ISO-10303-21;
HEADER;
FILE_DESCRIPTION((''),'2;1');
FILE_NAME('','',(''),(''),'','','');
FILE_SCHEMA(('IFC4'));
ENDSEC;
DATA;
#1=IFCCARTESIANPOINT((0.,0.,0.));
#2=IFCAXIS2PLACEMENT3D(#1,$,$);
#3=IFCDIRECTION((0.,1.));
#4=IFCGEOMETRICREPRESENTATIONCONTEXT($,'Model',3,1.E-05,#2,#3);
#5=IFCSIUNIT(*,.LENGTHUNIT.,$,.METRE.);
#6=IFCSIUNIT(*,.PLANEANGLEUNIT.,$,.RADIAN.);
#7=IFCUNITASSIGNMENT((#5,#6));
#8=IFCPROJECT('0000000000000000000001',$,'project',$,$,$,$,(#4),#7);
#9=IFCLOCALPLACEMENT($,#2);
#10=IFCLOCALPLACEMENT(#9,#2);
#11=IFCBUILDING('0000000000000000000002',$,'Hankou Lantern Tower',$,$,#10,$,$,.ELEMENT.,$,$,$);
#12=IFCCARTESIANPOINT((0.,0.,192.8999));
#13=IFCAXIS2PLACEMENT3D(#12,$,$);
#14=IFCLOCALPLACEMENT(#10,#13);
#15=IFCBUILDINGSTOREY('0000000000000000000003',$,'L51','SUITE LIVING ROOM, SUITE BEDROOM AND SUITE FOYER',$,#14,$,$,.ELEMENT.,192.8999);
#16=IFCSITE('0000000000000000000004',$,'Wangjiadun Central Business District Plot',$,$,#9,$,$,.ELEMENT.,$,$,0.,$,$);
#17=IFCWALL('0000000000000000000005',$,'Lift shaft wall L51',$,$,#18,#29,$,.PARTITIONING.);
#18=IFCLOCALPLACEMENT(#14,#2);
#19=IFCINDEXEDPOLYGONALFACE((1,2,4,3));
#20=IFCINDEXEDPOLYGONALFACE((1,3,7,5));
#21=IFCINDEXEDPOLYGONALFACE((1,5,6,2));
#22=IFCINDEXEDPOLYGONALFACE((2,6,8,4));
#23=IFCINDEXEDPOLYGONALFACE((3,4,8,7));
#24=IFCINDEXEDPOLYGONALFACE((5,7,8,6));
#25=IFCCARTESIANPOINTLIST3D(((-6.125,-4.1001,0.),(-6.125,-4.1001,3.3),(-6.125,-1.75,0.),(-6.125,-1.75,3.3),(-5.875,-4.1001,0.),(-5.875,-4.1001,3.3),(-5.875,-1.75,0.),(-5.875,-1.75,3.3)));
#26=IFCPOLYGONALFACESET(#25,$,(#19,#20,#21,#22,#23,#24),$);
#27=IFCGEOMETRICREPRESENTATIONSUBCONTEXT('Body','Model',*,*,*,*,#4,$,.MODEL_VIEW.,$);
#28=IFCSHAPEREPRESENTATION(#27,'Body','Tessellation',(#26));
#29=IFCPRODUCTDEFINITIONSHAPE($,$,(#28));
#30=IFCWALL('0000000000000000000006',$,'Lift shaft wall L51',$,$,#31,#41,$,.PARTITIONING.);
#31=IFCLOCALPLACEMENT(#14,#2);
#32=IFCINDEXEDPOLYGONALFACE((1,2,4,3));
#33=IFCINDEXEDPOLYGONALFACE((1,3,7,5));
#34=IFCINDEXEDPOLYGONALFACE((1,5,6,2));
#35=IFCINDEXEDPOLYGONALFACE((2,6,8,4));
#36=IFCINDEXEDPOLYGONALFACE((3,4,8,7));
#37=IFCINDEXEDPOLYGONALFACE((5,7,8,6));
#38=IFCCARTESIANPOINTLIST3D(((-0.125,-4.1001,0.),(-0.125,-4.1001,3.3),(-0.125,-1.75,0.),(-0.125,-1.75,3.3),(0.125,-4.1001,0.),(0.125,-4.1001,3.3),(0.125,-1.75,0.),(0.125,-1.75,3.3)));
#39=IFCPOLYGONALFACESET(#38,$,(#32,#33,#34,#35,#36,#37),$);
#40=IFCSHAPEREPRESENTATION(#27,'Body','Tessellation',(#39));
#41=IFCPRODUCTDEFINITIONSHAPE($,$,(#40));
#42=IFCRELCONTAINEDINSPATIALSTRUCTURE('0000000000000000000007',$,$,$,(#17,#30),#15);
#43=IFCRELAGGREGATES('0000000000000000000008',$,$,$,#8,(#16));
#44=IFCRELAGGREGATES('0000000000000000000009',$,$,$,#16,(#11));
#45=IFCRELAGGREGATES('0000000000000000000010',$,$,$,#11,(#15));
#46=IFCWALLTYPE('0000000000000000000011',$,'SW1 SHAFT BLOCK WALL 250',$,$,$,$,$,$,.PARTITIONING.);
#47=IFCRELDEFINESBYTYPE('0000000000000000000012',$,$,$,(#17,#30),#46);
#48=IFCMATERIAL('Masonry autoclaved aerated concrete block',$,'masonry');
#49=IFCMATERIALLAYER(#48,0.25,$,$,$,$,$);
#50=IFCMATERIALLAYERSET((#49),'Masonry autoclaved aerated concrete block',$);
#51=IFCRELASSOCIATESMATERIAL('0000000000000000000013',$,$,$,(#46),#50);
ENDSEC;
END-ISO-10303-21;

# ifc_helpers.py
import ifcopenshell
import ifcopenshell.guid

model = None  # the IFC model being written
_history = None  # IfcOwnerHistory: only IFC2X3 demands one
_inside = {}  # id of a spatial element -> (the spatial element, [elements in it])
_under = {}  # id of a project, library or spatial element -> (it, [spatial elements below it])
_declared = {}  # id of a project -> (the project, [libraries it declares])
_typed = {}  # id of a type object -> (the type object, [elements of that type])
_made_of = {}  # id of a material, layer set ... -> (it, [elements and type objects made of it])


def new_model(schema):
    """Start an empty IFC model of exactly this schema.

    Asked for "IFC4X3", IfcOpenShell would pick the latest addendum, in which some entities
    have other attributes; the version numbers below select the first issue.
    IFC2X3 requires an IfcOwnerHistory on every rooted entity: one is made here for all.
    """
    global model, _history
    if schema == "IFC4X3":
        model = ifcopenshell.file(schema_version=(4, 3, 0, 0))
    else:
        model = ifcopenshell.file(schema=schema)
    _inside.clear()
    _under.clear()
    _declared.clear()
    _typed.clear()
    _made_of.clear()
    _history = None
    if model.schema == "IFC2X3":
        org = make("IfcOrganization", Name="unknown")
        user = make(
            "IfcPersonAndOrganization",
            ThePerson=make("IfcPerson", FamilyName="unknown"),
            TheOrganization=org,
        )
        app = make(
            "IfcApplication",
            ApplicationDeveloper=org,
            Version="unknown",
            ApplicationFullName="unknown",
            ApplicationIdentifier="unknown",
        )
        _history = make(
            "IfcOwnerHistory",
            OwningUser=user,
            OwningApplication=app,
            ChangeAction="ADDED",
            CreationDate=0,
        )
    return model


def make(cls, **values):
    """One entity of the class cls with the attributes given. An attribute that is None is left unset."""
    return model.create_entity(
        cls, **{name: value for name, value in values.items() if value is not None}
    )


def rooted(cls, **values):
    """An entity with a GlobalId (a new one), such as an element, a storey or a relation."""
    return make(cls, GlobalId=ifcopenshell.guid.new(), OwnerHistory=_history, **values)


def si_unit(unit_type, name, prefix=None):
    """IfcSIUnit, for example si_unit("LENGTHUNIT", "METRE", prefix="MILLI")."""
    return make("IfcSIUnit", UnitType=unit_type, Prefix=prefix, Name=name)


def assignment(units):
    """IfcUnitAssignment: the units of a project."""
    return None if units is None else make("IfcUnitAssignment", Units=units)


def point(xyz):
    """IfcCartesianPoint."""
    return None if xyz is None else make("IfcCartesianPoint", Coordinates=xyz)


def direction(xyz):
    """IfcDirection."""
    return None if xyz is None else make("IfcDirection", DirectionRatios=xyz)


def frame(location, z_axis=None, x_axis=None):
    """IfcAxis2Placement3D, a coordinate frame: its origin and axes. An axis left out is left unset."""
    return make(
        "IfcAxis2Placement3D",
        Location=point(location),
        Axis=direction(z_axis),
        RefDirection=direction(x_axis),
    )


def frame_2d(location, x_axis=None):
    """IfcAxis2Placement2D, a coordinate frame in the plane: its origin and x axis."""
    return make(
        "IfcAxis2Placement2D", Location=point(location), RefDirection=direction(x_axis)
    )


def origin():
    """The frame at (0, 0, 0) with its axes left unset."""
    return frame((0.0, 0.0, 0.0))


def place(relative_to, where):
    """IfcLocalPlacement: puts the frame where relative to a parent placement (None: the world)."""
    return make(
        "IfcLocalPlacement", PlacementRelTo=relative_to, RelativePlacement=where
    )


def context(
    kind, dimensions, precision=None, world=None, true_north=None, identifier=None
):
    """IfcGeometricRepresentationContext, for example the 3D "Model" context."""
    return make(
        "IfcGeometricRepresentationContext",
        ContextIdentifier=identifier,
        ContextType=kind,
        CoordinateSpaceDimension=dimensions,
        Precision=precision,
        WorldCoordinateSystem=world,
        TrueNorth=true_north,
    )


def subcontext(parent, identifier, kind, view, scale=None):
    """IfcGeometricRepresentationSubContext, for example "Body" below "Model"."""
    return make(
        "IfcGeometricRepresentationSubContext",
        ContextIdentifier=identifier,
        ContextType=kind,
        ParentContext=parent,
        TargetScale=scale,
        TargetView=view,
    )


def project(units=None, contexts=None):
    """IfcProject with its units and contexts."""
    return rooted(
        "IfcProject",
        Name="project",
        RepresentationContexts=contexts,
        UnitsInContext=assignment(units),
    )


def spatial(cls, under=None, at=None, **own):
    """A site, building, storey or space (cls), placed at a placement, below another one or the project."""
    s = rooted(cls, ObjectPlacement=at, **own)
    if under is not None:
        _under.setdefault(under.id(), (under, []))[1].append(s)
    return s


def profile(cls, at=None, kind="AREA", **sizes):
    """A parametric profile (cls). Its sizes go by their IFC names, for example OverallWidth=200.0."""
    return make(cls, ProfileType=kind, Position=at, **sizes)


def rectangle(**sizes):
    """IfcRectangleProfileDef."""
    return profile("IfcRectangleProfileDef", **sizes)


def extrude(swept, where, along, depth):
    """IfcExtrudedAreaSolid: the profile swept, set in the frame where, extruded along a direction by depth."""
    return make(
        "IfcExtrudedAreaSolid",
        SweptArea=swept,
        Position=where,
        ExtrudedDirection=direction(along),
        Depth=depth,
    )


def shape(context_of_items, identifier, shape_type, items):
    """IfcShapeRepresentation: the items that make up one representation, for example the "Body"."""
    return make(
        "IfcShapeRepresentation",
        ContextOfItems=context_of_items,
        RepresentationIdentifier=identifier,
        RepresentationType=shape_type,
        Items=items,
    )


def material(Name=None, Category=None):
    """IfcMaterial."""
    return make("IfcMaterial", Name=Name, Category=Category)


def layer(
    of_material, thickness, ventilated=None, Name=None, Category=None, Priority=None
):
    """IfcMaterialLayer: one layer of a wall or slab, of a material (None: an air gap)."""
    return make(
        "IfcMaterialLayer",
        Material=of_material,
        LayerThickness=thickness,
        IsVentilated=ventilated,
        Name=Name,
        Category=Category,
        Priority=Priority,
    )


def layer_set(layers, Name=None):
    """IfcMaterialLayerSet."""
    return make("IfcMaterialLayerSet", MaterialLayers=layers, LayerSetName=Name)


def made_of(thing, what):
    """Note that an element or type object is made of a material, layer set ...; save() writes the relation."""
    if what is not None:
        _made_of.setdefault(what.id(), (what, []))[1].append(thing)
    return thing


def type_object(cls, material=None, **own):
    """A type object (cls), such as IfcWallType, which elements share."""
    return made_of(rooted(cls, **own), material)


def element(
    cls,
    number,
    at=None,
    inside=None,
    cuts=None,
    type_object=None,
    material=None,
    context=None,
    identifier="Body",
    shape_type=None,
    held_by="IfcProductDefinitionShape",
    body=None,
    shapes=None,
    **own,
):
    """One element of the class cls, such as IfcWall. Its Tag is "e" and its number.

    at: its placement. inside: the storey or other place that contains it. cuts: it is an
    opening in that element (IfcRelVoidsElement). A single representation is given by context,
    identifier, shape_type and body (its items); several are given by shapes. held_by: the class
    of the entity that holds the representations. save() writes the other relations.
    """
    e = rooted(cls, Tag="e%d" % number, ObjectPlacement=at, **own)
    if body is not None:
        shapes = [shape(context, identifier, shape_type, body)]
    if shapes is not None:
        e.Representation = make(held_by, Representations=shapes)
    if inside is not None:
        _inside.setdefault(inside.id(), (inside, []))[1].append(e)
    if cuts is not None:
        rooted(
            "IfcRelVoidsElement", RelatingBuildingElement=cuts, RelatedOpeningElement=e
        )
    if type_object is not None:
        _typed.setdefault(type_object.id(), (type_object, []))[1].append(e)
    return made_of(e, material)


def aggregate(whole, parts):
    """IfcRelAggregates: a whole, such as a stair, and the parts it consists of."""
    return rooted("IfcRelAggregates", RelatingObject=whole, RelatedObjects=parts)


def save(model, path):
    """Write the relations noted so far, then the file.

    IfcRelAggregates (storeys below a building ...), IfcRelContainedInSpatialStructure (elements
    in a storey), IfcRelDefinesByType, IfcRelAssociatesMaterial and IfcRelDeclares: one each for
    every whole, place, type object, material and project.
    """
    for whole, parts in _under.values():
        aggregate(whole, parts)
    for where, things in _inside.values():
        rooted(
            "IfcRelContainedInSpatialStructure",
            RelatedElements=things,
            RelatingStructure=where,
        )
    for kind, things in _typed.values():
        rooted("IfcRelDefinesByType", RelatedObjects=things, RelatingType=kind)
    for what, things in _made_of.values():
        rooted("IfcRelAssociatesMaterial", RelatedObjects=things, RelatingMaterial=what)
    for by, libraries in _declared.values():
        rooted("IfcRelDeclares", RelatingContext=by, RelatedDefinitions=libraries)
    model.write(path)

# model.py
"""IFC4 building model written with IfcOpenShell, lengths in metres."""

from ifc_helpers import new_model, si_unit, direction, frame, frame_2d, origin, place, context, subcontext, project, spatial, rectangle, extrude, material, layer, layer_set, type_object, element, save


model = new_model("IFC4")

# Units and contexts
model_context = context("Model", 3, precision=1e-05, world=origin(), true_north=direction((0.0, 1.0)))
body_context = subcontext(model_context, "Body", "Model", "MODEL_VIEW")
ifc_project = project(units=[si_unit("LENGTHUNIT", "METRE"), si_unit("PLANEANGLEUNIT", "RADIAN")], contexts=[model_context])

# Site, building, storey
site_placement = place(None, origin())
site = spatial("IfcSite", under=ifc_project, at=site_placement, Name="Wangjiadun Central Business District Plot", CompositionType="ELEMENT", RefElevation=0.0)
building_placement = place(site_placement, origin())
building = spatial("IfcBuilding", under=site, at=building_placement, Name="Hankou Lantern Tower", CompositionType="ELEMENT")
storey_placement = place(building_placement, frame((0.0, 0.0, 192.8999)))
storey = spatial("IfcBuildingStorey", under=building, at=storey_placement, Name="L51", Description="SUITE LIVING ROOM, SUITE BEDROOM AND SUITE FOYER", CompositionType="ELEMENT", Elevation=192.8999)

# Walls
ifc_material_1 = material(Name="Masonry autoclaved aerated concrete block", Category="masonry")
ifc_layer_1 = layer(ifc_material_1, 0.25)
ifc_layer_set_1 = layer_set([ifc_layer_1], Name="Masonry autoclaved aerated concrete block")
wall_type_1 = type_object("IfcWallType", Name="SW1 SHAFT BLOCK WALL 250", PredefinedType="PARTITIONING", material=ifc_layer_set_1)
for number, where, z_axis, x_axis, name in (
    (1, (-6.0, -4.1001, 0.0), (0.0, 0.0, 1.0), (0.0, 1.0, 0.0), "Lift shaft wall L51"),
    (2, (0.0, -4.1001, 0.0), (0.0, 0.0, 1.0), (0.0, 1.0, 0.0), "Lift shaft wall L51"),
):
    element("IfcWall", number, at=place(storey_placement, frame(where, z_axis=z_axis, x_axis=x_axis)), inside=storey, type_object=wall_type_1, Name=name, PredefinedType="PARTITIONING", context=body_context, shape_type="SweptSolid", body=[
        extrude(rectangle(XDim=2.3501, YDim=0.25, at=frame_2d((1.175, 0.0))), origin(), (0.0, 0.0, 1.0), 3.3),
    ])

save(model, "model.ifc")
